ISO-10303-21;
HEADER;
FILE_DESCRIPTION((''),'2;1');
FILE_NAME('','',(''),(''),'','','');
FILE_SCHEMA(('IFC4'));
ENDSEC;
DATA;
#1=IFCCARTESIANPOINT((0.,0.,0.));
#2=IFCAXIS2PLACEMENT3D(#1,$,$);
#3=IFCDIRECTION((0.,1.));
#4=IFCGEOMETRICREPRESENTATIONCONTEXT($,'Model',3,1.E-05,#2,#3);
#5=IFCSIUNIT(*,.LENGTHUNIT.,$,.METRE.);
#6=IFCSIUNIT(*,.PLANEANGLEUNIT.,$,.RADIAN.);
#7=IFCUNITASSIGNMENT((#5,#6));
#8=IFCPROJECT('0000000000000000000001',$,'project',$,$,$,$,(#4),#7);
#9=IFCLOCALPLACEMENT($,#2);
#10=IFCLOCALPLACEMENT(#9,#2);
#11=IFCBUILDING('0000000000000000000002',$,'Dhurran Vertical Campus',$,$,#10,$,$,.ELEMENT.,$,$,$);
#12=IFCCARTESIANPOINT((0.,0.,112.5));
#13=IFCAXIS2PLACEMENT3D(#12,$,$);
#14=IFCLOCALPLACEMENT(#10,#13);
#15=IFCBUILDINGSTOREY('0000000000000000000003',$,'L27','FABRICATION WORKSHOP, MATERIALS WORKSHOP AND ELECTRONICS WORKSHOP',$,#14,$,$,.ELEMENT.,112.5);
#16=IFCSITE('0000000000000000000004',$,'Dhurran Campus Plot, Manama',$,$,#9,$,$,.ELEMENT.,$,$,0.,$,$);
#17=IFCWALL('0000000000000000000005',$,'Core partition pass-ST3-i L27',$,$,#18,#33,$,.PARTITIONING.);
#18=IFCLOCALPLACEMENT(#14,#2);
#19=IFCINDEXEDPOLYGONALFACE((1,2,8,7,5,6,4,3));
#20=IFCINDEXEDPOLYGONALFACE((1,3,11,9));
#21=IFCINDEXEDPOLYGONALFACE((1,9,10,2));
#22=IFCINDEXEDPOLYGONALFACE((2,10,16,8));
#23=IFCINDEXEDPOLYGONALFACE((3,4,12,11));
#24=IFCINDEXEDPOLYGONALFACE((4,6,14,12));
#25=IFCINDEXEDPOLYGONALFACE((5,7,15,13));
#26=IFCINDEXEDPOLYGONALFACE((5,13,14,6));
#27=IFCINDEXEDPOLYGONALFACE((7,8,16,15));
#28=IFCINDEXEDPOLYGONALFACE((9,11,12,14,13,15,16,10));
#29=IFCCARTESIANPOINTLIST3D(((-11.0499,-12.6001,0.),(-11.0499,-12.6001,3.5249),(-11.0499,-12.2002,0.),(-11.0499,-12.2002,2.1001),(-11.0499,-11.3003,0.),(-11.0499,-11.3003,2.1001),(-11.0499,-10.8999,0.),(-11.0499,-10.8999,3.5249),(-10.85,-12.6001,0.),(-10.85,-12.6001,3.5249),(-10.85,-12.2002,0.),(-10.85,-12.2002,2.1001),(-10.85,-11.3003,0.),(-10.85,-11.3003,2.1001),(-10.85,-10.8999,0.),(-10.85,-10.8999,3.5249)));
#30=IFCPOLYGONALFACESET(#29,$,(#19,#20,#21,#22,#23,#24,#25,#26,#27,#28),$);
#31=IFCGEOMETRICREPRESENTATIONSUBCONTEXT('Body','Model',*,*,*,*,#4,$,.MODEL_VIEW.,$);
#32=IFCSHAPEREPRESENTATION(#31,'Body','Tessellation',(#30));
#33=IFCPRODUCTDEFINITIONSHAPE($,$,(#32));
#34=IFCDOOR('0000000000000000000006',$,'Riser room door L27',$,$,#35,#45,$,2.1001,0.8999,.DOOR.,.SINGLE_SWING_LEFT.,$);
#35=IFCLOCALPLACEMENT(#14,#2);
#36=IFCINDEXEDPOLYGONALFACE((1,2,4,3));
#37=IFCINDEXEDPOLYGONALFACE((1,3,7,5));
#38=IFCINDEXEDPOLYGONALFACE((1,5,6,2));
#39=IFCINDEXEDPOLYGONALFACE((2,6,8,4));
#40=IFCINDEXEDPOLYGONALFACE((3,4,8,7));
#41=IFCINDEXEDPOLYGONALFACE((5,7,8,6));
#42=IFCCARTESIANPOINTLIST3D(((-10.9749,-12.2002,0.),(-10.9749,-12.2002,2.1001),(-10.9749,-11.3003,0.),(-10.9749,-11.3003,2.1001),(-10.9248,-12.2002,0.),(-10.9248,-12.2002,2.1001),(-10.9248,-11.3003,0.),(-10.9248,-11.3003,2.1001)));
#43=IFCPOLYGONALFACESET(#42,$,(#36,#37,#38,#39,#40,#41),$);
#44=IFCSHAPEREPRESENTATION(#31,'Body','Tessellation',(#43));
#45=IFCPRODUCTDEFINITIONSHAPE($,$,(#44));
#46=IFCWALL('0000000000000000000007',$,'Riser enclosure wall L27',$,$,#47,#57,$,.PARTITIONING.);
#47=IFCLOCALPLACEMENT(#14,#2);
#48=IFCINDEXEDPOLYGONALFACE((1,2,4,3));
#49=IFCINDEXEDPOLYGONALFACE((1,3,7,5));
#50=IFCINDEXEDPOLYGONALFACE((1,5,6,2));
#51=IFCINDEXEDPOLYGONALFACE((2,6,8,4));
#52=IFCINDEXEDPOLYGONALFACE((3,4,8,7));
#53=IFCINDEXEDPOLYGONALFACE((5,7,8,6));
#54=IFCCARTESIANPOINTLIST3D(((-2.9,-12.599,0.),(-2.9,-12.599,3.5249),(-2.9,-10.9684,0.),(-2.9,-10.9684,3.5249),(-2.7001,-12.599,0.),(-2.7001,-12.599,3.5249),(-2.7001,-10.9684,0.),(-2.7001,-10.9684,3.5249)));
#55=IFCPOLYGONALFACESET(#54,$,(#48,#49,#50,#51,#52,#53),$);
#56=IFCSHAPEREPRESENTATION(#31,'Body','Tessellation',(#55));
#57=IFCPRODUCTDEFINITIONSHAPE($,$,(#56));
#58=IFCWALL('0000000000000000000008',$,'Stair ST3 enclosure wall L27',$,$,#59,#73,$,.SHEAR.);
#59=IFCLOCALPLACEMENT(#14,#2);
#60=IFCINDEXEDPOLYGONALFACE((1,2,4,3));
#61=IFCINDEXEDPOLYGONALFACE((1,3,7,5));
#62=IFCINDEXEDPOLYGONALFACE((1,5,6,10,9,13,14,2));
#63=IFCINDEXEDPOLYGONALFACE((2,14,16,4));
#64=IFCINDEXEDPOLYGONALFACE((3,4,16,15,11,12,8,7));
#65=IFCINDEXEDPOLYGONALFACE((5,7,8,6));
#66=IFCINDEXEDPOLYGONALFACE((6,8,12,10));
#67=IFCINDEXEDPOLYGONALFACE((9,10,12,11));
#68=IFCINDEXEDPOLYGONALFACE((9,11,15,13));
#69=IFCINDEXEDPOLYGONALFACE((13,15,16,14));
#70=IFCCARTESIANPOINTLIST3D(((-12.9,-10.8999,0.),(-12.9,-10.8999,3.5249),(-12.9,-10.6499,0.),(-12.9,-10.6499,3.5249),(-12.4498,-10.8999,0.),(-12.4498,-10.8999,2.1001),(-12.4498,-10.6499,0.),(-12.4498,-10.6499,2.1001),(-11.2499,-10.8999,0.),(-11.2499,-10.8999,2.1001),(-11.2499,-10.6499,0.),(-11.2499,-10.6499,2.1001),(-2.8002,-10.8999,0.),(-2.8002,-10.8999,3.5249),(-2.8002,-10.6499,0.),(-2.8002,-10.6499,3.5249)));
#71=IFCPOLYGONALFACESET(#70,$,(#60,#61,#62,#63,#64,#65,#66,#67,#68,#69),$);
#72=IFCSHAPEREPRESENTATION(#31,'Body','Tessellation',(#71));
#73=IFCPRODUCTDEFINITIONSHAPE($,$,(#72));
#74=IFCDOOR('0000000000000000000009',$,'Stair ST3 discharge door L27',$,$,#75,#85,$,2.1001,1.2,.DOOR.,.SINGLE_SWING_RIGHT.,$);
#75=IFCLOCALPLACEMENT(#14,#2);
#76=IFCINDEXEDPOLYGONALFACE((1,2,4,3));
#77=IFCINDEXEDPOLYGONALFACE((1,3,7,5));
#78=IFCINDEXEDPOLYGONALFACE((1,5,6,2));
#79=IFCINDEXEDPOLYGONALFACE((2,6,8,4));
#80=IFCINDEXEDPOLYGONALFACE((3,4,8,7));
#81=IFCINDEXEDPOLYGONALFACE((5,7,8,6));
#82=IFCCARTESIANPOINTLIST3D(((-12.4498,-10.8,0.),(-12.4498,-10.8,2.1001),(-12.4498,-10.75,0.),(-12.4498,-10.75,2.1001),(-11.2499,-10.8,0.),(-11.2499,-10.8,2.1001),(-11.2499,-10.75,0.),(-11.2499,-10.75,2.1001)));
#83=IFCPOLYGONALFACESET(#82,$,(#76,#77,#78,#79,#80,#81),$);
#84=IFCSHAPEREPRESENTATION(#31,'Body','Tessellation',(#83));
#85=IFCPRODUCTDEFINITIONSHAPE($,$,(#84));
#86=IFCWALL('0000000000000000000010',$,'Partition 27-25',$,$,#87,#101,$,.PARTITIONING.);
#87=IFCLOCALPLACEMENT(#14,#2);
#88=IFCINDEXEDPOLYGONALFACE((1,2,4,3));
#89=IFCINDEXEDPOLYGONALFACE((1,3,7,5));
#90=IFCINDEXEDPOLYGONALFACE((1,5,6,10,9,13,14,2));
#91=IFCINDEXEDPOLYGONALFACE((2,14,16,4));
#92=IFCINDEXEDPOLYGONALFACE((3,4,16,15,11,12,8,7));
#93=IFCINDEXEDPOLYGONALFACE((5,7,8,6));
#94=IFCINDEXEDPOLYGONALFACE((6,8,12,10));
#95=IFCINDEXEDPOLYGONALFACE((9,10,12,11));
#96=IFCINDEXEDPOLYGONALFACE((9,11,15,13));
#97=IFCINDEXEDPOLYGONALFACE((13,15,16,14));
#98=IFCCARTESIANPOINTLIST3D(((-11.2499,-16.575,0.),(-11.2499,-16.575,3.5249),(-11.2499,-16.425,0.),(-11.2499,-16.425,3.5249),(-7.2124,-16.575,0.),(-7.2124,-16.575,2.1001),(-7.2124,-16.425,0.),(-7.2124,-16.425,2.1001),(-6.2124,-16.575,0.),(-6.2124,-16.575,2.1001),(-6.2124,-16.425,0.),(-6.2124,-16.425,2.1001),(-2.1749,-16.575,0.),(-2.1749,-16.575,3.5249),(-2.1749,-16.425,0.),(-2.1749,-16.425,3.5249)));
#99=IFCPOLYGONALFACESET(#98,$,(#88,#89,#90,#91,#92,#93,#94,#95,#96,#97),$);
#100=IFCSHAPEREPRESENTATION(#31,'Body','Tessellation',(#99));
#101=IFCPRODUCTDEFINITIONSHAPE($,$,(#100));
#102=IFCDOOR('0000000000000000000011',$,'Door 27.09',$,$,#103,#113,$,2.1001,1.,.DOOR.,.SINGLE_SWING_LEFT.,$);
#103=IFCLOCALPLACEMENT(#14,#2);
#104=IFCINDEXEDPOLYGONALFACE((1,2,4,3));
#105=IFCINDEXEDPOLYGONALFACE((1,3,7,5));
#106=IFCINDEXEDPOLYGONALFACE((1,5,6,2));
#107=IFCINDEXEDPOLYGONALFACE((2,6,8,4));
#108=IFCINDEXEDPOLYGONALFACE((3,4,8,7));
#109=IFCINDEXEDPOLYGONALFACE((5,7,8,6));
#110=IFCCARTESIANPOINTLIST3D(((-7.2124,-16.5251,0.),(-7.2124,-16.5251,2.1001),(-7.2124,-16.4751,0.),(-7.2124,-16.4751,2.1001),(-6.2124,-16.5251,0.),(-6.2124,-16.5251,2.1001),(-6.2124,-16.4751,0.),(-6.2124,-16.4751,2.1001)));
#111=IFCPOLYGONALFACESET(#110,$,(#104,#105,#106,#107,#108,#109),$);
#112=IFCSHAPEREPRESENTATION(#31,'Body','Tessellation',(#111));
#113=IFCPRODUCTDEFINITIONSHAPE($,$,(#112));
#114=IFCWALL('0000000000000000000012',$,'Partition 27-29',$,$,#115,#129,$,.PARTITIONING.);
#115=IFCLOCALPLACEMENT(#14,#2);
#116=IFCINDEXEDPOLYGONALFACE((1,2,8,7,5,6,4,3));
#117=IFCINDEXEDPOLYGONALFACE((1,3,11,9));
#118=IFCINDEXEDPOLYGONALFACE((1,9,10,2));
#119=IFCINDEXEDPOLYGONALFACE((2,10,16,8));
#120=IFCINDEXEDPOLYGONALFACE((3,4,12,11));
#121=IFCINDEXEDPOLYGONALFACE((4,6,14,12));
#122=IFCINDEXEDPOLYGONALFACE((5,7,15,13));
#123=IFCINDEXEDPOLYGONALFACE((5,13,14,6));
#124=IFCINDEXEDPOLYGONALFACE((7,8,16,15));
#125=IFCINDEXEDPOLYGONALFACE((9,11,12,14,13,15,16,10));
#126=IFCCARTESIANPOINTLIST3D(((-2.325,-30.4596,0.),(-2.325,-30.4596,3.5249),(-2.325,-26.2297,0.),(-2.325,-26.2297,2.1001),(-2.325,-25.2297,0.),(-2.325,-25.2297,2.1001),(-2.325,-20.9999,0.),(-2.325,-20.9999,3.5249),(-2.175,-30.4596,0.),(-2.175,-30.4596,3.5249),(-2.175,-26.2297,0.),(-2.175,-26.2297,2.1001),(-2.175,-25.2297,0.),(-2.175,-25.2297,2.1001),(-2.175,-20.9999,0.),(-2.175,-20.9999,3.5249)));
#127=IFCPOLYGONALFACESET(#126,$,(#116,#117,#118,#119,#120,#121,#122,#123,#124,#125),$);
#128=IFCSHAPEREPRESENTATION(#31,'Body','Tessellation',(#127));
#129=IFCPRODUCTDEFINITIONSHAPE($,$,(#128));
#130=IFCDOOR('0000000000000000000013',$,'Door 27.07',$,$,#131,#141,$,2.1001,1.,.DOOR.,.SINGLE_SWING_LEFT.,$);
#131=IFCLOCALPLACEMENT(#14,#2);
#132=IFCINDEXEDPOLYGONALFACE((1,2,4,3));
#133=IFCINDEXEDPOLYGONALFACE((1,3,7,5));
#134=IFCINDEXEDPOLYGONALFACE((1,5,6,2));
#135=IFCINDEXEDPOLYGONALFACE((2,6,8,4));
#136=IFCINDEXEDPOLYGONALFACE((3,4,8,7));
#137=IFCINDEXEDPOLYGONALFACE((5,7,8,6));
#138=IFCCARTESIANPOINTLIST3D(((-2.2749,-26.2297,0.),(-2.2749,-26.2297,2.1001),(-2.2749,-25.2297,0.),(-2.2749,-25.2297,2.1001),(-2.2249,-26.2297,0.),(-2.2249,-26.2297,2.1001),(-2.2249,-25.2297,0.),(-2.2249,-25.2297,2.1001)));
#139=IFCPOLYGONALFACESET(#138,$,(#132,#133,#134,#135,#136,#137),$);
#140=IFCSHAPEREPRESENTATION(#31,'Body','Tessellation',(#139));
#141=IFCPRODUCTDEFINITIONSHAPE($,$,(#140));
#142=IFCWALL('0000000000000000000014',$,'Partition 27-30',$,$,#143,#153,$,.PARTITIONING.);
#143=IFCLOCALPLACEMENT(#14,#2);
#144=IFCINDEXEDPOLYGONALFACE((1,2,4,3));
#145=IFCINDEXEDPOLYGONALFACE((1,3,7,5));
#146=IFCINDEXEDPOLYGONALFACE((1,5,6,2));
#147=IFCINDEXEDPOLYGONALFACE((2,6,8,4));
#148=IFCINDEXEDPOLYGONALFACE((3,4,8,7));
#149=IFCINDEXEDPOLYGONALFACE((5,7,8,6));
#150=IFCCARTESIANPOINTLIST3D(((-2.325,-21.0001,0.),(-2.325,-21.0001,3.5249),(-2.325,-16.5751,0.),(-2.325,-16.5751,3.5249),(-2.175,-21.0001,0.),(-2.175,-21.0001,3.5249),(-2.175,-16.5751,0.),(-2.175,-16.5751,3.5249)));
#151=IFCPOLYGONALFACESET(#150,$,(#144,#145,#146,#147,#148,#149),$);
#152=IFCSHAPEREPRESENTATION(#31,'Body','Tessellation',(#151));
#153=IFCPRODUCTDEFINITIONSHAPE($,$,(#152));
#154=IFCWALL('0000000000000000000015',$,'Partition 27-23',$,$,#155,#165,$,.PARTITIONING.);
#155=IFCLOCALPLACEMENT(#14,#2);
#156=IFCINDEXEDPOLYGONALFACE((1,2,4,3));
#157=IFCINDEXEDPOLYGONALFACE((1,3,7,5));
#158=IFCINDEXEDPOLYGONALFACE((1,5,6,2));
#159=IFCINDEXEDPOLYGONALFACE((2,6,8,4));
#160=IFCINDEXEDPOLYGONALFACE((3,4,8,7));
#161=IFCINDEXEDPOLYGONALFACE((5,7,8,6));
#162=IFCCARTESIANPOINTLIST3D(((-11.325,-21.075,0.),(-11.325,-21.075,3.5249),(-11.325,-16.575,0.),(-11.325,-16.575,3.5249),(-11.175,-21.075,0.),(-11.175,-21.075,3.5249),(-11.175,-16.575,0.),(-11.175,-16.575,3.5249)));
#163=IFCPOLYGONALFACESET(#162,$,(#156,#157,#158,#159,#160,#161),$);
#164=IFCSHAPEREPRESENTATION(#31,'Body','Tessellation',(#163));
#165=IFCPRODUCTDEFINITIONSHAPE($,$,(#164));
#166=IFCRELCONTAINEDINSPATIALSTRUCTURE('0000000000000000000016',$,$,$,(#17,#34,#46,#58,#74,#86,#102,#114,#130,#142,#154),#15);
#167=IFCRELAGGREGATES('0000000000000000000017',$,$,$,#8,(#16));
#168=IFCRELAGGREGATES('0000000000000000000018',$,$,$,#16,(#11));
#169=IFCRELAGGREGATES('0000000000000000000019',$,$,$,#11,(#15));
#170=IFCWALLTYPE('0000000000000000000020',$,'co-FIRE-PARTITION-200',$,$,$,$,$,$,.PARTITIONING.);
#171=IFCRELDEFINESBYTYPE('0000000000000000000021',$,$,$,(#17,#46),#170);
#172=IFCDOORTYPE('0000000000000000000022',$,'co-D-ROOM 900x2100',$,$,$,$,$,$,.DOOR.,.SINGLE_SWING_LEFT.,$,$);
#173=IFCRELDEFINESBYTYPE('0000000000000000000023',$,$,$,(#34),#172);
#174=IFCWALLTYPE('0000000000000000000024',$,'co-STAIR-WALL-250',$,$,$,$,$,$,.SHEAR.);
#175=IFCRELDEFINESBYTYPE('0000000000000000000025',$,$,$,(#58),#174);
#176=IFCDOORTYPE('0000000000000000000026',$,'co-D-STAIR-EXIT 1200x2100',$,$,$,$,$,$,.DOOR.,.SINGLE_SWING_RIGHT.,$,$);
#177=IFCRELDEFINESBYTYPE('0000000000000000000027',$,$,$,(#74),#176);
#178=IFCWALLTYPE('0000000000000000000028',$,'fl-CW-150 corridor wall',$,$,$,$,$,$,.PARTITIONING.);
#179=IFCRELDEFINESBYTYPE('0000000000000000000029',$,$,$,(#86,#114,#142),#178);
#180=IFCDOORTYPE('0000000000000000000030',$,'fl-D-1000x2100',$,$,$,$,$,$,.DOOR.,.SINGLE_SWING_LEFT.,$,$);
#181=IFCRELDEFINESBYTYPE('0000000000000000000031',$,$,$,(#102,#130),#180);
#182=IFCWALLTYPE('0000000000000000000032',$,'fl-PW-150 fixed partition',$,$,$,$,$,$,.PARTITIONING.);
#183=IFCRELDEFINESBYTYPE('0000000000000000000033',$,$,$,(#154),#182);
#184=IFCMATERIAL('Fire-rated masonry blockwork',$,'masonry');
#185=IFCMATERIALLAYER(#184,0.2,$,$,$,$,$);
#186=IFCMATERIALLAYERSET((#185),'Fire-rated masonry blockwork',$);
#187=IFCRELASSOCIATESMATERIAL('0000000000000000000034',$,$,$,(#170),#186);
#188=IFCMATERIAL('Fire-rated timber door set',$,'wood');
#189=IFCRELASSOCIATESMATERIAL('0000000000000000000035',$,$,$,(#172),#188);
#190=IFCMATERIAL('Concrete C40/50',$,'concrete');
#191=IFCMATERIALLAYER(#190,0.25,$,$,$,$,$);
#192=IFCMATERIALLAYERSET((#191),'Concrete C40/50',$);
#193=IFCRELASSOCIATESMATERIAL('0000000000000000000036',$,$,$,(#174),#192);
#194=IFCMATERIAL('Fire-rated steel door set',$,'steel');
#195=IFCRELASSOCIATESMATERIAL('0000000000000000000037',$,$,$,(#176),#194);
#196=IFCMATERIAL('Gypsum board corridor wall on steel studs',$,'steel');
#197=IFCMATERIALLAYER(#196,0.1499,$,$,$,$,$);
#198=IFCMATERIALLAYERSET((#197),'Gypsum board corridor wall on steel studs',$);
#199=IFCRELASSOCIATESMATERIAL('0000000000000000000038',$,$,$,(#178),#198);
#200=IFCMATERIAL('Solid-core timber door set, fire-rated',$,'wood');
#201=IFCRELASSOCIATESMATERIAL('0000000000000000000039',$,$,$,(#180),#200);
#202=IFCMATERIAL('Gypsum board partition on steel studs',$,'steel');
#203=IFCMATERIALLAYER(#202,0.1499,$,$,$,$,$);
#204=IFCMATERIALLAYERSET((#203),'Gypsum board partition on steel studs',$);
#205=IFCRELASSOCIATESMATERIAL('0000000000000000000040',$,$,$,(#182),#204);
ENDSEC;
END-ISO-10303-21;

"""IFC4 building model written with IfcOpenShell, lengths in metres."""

from ifc_helpers import new_model, si_unit, direction, frame, frame_2d, origin, place, context, subcontext, project, spatial, rectangle, extrude, material, layer, layer_set, type_object, element, fill, save


model = new_model("IFC4")

# Units and contexts
model_context = context("Model", 3, precision=1e-05, world=origin(), true_north=direction((0.0, 1.0)))
body_context = subcontext(model_context, "Body", "Model", "MODEL_VIEW")
ifc_project = project(units=[si_unit("LENGTHUNIT", "METRE"), si_unit("PLANEANGLEUNIT", "RADIAN")], contexts=[model_context])

# Site, building, storey
site_placement = place(None, origin())
site = spatial("IfcSite", under=ifc_project, at=site_placement, Name="Dhurran Campus Plot, Manama", CompositionType="ELEMENT", RefElevation=0.0)
building_placement = place(site_placement, origin())
building = spatial("IfcBuilding", under=site, at=building_placement, Name="Dhurran Vertical Campus", CompositionType="ELEMENT")
storey_placement = place(building_placement, frame((0.0, 0.0, 112.5)))
storey = spatial("IfcBuildingStorey", under=building, at=storey_placement, Name="L27", Description="FABRICATION WORKSHOP, MATERIALS WORKSHOP AND ELECTRONICS WORKSHOP", CompositionType="ELEMENT", Elevation=112.5)

# Shared definitions
ifc_material_1 = material(Name="Fire-rated masonry blockwork", Category="masonry")
ifc_layer_1 = layer(ifc_material_1, 0.2)
ifc_layer_set_1 = layer_set([ifc_layer_1], Name="Fire-rated masonry blockwork")
wall_type_1 = type_object("IfcWallType", Name="co-FIRE-PARTITION-200", PredefinedType="PARTITIONING", material=ifc_layer_set_1)

# Shared definitions
ifc_material_2 = material(Name="Fire-rated timber door set", Category="wood")
door_type_1 = type_object("IfcDoorType", Name="co-D-ROOM 900x2100", OperationType="SINGLE_SWING_LEFT", PredefinedType="DOOR", material=ifc_material_2)

# Wall, opening, door
wall_1_placement = place(storey_placement, frame((-10.95, -12.6001, 0.0), z_axis=(0.0, 0.0, 1.0), x_axis=(0.0, 1.0, 0.0)))
wall_1 = element("IfcWall", 1, at=wall_1_placement, inside=storey, type_object=wall_type_1, Name="Core partition pass-ST3-i L27", PredefinedType="PARTITIONING", context=body_context, shape_type="SweptSolid", body=[
    extrude(rectangle(XDim=1.7002, YDim=0.2, at=frame_2d((0.8501, 0.0))), origin(), (0.0, 0.0, 1.0), 3.5249),
])
opening_1_placement = place(wall_1_placement, frame((0.3999, 0.0, 0.0)))
opening_1 = element("IfcOpeningElement", 2, at=opening_1_placement, cuts=wall_1, PredefinedType="OPENING", context=body_context, shape_type="SweptSolid", body=[
    extrude(rectangle(XDim=0.8999, YDim=2.1001, at=frame_2d((0.45, 1.05))), frame((0.0, 0.1099, 0.0), z_axis=(0.0, -1.0, 0.0), x_axis=(1.0, 0.0, 0.0)), (0.0, 0.0, 1.0), 0.22),
])
door_1_placement = place(opening_1_placement, origin())
door_1 = element("IfcDoor", 3, at=door_1_placement, inside=storey, type_object=door_type_1, Name="Riser room door L27", OperationType="SINGLE_SWING_LEFT", OverallHeight=2.1001, OverallWidth=0.8999, PredefinedType="DOOR", context=body_context, shape_type="SweptSolid", body=[
    extrude(rectangle(XDim=0.8999, YDim=2.1001, at=frame_2d((0.45, 1.05))), frame((0.0, 0.0249, 0.0), z_axis=(0.0, -1.0, 0.0), x_axis=(1.0, 0.0, 0.0)), (0.0, 0.0, 1.0), 0.05),
])
fill(opening_1, door_1)

# Wall
wall_2_placement = place(storey_placement, frame((-2.8, -12.5991, 0.0), z_axis=(0.0, 0.0, 1.0), x_axis=(0.0, 1.0, 0.0)))
element("IfcWall", 4, at=wall_2_placement, inside=storey, type_object=wall_type_1, Name="Riser enclosure wall L27", PredefinedType="PARTITIONING", context=body_context, shape_type="SweptSolid", body=[
    extrude(rectangle(XDim=1.6306, YDim=0.2, at=frame_2d((0.8154, 0.0))), origin(), (0.0, 0.0, 1.0), 3.5249),
])

# Walls, openings, doors
ifc_material_3 = material(Name="Concrete C40/50", Category="concrete")
ifc_layer_2 = layer(ifc_material_3, 0.25)
ifc_layer_set_2 = layer_set([ifc_layer_2], Name="Concrete C40/50")
wall_type_2 = type_object("IfcWallType", Name="co-STAIR-WALL-250", PredefinedType="SHEAR", material=ifc_layer_set_2)
wall_3_placement = place(storey_placement, frame((-12.8999, -10.7749, 0.0), z_axis=(0.0, 0.0, 1.0), x_axis=(1.0, 0.0, 0.0)))
wall_3 = element("IfcWall", 5, at=wall_3_placement, inside=storey, type_object=wall_type_2, Name="Stair ST3 enclosure wall L27", PredefinedType="SHEAR", context=body_context, shape_type="SweptSolid", body=[
    extrude(rectangle(XDim=10.0999, YDim=0.25, at=frame_2d((5.0498, 0.0))), origin(), (0.0, 0.0, 1.0), 3.5249),
])
opening_2_placement = place(wall_3_placement, frame((0.45, 0.0, 0.0)))
opening_2 = element("IfcOpeningElement", 6, at=opening_2_placement, cuts=wall_3, PredefinedType="OPENING", context=body_context, shape_type="SweptSolid", body=[
    extrude(rectangle(XDim=1.2, YDim=2.1001, at=frame_2d((0.6001, 1.05))), frame((0.0, 0.135, 0.0), z_axis=(0.0, -1.0, 0.0), x_axis=(1.0, 0.0, 0.0)), (0.0, 0.0, 1.0), 0.27),
])
ifc_material_4 = material(Name="Fire-rated steel door set", Category="steel")
door_type_2 = type_object("IfcDoorType", Name="co-D-STAIR-EXIT 1200x2100", OperationType="SINGLE_SWING_RIGHT", PredefinedType="DOOR", material=ifc_material_4)
door_2_placement = place(opening_2_placement, origin())
door_2 = element("IfcDoor", 7, at=door_2_placement, inside=storey, type_object=door_type_2, Name="Stair ST3 discharge door L27", OperationType="SINGLE_SWING_RIGHT", OverallHeight=2.1001, OverallWidth=1.2, PredefinedType="DOOR", context=body_context, shape_type="SweptSolid", body=[
    extrude(rectangle(XDim=1.2, YDim=2.1001, at=frame_2d((0.6001, 1.05))), frame((0.0, 0.0249, 0.0), z_axis=(0.0, -1.0, 0.0), x_axis=(1.0, 0.0, 0.0)), (0.0, 0.0, 1.0), 0.05),
])
fill(opening_2, door_2)
ifc_material_5 = material(Name="Gypsum board corridor wall on steel studs", Category="steel")
ifc_layer_3 = layer(ifc_material_5, 0.1499)
ifc_layer_set_3 = layer_set([ifc_layer_3], Name="Gypsum board corridor wall on steel studs")
wall_type_3 = type_object("IfcWallType", Name="fl-CW-150 corridor wall", PredefinedType="PARTITIONING", material=ifc_layer_set_3)
wall_4_placement = place(storey_placement, frame((-11.25, -16.5, 0.0), z_axis=(0.0, 0.0, 1.0), x_axis=(1.0, 0.0, 0.0)))
wall_4 = element("IfcWall", 8, at=wall_4_placement, inside=storey, type_object=wall_type_3, Name="Partition 27-25", PredefinedType="PARTITIONING", context=body_context, shape_type="SweptSolid", body=[
    extrude(rectangle(XDim=9.075, YDim=0.1499, at=frame_2d((4.5376, 0.0))), origin(), (0.0, 0.0, 1.0), 3.5249),
])
opening_3_placement = place(wall_4_placement, frame((4.0376, 0.0, 0.0)))
opening_3 = element("IfcOpeningElement", 9, at=opening_3_placement, cuts=wall_4, PredefinedType="OPENING", context=body_context, shape_type="SweptSolid", body=[
    extrude(rectangle(XDim=1.0, YDim=2.1001, at=frame_2d((0.5, 1.05))), frame((0.0, 0.085, 0.0), z_axis=(0.0, -1.0, 0.0), x_axis=(1.0, 0.0, 0.0)), (0.0, 0.0, 1.0), 0.1699),
])
ifc_material_6 = material(Name="Solid-core timber door set, fire-rated", Category="wood")
door_type_3 = type_object("IfcDoorType", Name="fl-D-1000x2100", OperationType="SINGLE_SWING_LEFT", PredefinedType="DOOR", material=ifc_material_6)
door_3_placement = place(opening_3_placement, origin())
door_3 = element("IfcDoor", 10, at=door_3_placement, inside=storey, type_object=door_type_3, Name="Door 27.09", OperationType="SINGLE_SWING_LEFT", OverallHeight=2.1001, OverallWidth=1.0, PredefinedType="DOOR", context=body_context, shape_type="SweptSolid", body=[
    extrude(rectangle(XDim=1.0, YDim=2.1001, at=frame_2d((0.5, 1.05))), frame((0.0, 0.0249, 0.0), z_axis=(0.0, -1.0, 0.0), x_axis=(1.0, 0.0, 0.0)), (0.0, 0.0, 1.0), 0.05),
])
fill(opening_3, door_3)
wall_5_placement = place(storey_placement, frame((-2.25, -30.4597, 0.0), z_axis=(0.0, 0.0, 1.0), x_axis=(0.0, 1.0, 0.0)))
wall_5 = element("IfcWall", 11, at=wall_5_placement, inside=storey, type_object=wall_type_3, Name="Partition 27-29", PredefinedType="PARTITIONING", context=body_context, shape_type="SweptSolid", body=[
    extrude(rectangle(XDim=9.4597, YDim=0.1499, at=frame_2d((4.73, 0.0))), origin(), (0.0, 0.0, 1.0), 3.5249),
])
opening_4_placement = place(wall_5_placement, frame((4.23, 0.0, 0.0)))
opening_4 = element("IfcOpeningElement", 12, at=opening_4_placement, cuts=wall_5, PredefinedType="OPENING", context=body_context, shape_type="SweptSolid", body=[
    extrude(rectangle(XDim=1.0, YDim=2.1001, at=frame_2d((0.5, 1.05))), frame((0.0, 0.085, 0.0), z_axis=(0.0, -1.0, 0.0), x_axis=(1.0, 0.0, 0.0)), (0.0, 0.0, 1.0), 0.1699),
])
door_4_placement = place(opening_4_placement, origin())
door_4 = element("IfcDoor", 13, at=door_4_placement, inside=storey, type_object=door_type_3, Name="Door 27.07", OperationType="SINGLE_SWING_LEFT", OverallHeight=2.1001, OverallWidth=1.0, PredefinedType="DOOR", context=body_context, shape_type="SweptSolid", body=[
    extrude(rectangle(XDim=1.0, YDim=2.1001, at=frame_2d((0.5, 1.05))), frame((0.0, 0.0249, 0.0), z_axis=(0.0, -1.0, 0.0), x_axis=(1.0, 0.0, 0.0)), (0.0, 0.0, 1.0), 0.05),
])
fill(opening_4, door_4)

# Walls
wall_6_placement = place(storey_placement, frame((-2.25, -21.0, 0.0), z_axis=(0.0, 0.0, 1.0), x_axis=(0.0, 1.0, 0.0)))
element("IfcWall", 14, at=wall_6_placement, inside=storey, type_object=wall_type_3, Name="Partition 27-30", PredefinedType="PARTITIONING", context=body_context, shape_type="SweptSolid", body=[
    extrude(rectangle(XDim=4.425, YDim=0.1499, at=frame_2d((2.2124, 0.0))), origin(), (0.0, 0.0, 1.0), 3.5249),
])
ifc_material_7 = material(Name="Gypsum board partition on steel studs", Category="steel")
ifc_layer_4 = layer(ifc_material_7, 0.1499)
ifc_layer_set_4 = layer_set([ifc_layer_4], Name="Gypsum board partition on steel studs")
wall_type_4 = type_object("IfcWallType", Name="fl-PW-150 fixed partition", PredefinedType="PARTITIONING", material=ifc_layer_set_4)
wall_7_placement = place(storey_placement, frame((-11.25, -16.575, 0.0), z_axis=(0.0, 0.0, 1.0), x_axis=(0.0, -1.0, 0.0)))
element("IfcWall", 15, at=wall_7_placement, inside=storey, type_object=wall_type_4, Name="Partition 27-23", PredefinedType="PARTITIONING", context=body_context, shape_type="SweptSolid", body=[
    extrude(rectangle(XDim=4.5, YDim=0.1499, at=frame_2d((2.25, 0.0))), origin(), (0.0, 0.0, 1.0), 3.5249),
])

save(model, "model.ifc")
